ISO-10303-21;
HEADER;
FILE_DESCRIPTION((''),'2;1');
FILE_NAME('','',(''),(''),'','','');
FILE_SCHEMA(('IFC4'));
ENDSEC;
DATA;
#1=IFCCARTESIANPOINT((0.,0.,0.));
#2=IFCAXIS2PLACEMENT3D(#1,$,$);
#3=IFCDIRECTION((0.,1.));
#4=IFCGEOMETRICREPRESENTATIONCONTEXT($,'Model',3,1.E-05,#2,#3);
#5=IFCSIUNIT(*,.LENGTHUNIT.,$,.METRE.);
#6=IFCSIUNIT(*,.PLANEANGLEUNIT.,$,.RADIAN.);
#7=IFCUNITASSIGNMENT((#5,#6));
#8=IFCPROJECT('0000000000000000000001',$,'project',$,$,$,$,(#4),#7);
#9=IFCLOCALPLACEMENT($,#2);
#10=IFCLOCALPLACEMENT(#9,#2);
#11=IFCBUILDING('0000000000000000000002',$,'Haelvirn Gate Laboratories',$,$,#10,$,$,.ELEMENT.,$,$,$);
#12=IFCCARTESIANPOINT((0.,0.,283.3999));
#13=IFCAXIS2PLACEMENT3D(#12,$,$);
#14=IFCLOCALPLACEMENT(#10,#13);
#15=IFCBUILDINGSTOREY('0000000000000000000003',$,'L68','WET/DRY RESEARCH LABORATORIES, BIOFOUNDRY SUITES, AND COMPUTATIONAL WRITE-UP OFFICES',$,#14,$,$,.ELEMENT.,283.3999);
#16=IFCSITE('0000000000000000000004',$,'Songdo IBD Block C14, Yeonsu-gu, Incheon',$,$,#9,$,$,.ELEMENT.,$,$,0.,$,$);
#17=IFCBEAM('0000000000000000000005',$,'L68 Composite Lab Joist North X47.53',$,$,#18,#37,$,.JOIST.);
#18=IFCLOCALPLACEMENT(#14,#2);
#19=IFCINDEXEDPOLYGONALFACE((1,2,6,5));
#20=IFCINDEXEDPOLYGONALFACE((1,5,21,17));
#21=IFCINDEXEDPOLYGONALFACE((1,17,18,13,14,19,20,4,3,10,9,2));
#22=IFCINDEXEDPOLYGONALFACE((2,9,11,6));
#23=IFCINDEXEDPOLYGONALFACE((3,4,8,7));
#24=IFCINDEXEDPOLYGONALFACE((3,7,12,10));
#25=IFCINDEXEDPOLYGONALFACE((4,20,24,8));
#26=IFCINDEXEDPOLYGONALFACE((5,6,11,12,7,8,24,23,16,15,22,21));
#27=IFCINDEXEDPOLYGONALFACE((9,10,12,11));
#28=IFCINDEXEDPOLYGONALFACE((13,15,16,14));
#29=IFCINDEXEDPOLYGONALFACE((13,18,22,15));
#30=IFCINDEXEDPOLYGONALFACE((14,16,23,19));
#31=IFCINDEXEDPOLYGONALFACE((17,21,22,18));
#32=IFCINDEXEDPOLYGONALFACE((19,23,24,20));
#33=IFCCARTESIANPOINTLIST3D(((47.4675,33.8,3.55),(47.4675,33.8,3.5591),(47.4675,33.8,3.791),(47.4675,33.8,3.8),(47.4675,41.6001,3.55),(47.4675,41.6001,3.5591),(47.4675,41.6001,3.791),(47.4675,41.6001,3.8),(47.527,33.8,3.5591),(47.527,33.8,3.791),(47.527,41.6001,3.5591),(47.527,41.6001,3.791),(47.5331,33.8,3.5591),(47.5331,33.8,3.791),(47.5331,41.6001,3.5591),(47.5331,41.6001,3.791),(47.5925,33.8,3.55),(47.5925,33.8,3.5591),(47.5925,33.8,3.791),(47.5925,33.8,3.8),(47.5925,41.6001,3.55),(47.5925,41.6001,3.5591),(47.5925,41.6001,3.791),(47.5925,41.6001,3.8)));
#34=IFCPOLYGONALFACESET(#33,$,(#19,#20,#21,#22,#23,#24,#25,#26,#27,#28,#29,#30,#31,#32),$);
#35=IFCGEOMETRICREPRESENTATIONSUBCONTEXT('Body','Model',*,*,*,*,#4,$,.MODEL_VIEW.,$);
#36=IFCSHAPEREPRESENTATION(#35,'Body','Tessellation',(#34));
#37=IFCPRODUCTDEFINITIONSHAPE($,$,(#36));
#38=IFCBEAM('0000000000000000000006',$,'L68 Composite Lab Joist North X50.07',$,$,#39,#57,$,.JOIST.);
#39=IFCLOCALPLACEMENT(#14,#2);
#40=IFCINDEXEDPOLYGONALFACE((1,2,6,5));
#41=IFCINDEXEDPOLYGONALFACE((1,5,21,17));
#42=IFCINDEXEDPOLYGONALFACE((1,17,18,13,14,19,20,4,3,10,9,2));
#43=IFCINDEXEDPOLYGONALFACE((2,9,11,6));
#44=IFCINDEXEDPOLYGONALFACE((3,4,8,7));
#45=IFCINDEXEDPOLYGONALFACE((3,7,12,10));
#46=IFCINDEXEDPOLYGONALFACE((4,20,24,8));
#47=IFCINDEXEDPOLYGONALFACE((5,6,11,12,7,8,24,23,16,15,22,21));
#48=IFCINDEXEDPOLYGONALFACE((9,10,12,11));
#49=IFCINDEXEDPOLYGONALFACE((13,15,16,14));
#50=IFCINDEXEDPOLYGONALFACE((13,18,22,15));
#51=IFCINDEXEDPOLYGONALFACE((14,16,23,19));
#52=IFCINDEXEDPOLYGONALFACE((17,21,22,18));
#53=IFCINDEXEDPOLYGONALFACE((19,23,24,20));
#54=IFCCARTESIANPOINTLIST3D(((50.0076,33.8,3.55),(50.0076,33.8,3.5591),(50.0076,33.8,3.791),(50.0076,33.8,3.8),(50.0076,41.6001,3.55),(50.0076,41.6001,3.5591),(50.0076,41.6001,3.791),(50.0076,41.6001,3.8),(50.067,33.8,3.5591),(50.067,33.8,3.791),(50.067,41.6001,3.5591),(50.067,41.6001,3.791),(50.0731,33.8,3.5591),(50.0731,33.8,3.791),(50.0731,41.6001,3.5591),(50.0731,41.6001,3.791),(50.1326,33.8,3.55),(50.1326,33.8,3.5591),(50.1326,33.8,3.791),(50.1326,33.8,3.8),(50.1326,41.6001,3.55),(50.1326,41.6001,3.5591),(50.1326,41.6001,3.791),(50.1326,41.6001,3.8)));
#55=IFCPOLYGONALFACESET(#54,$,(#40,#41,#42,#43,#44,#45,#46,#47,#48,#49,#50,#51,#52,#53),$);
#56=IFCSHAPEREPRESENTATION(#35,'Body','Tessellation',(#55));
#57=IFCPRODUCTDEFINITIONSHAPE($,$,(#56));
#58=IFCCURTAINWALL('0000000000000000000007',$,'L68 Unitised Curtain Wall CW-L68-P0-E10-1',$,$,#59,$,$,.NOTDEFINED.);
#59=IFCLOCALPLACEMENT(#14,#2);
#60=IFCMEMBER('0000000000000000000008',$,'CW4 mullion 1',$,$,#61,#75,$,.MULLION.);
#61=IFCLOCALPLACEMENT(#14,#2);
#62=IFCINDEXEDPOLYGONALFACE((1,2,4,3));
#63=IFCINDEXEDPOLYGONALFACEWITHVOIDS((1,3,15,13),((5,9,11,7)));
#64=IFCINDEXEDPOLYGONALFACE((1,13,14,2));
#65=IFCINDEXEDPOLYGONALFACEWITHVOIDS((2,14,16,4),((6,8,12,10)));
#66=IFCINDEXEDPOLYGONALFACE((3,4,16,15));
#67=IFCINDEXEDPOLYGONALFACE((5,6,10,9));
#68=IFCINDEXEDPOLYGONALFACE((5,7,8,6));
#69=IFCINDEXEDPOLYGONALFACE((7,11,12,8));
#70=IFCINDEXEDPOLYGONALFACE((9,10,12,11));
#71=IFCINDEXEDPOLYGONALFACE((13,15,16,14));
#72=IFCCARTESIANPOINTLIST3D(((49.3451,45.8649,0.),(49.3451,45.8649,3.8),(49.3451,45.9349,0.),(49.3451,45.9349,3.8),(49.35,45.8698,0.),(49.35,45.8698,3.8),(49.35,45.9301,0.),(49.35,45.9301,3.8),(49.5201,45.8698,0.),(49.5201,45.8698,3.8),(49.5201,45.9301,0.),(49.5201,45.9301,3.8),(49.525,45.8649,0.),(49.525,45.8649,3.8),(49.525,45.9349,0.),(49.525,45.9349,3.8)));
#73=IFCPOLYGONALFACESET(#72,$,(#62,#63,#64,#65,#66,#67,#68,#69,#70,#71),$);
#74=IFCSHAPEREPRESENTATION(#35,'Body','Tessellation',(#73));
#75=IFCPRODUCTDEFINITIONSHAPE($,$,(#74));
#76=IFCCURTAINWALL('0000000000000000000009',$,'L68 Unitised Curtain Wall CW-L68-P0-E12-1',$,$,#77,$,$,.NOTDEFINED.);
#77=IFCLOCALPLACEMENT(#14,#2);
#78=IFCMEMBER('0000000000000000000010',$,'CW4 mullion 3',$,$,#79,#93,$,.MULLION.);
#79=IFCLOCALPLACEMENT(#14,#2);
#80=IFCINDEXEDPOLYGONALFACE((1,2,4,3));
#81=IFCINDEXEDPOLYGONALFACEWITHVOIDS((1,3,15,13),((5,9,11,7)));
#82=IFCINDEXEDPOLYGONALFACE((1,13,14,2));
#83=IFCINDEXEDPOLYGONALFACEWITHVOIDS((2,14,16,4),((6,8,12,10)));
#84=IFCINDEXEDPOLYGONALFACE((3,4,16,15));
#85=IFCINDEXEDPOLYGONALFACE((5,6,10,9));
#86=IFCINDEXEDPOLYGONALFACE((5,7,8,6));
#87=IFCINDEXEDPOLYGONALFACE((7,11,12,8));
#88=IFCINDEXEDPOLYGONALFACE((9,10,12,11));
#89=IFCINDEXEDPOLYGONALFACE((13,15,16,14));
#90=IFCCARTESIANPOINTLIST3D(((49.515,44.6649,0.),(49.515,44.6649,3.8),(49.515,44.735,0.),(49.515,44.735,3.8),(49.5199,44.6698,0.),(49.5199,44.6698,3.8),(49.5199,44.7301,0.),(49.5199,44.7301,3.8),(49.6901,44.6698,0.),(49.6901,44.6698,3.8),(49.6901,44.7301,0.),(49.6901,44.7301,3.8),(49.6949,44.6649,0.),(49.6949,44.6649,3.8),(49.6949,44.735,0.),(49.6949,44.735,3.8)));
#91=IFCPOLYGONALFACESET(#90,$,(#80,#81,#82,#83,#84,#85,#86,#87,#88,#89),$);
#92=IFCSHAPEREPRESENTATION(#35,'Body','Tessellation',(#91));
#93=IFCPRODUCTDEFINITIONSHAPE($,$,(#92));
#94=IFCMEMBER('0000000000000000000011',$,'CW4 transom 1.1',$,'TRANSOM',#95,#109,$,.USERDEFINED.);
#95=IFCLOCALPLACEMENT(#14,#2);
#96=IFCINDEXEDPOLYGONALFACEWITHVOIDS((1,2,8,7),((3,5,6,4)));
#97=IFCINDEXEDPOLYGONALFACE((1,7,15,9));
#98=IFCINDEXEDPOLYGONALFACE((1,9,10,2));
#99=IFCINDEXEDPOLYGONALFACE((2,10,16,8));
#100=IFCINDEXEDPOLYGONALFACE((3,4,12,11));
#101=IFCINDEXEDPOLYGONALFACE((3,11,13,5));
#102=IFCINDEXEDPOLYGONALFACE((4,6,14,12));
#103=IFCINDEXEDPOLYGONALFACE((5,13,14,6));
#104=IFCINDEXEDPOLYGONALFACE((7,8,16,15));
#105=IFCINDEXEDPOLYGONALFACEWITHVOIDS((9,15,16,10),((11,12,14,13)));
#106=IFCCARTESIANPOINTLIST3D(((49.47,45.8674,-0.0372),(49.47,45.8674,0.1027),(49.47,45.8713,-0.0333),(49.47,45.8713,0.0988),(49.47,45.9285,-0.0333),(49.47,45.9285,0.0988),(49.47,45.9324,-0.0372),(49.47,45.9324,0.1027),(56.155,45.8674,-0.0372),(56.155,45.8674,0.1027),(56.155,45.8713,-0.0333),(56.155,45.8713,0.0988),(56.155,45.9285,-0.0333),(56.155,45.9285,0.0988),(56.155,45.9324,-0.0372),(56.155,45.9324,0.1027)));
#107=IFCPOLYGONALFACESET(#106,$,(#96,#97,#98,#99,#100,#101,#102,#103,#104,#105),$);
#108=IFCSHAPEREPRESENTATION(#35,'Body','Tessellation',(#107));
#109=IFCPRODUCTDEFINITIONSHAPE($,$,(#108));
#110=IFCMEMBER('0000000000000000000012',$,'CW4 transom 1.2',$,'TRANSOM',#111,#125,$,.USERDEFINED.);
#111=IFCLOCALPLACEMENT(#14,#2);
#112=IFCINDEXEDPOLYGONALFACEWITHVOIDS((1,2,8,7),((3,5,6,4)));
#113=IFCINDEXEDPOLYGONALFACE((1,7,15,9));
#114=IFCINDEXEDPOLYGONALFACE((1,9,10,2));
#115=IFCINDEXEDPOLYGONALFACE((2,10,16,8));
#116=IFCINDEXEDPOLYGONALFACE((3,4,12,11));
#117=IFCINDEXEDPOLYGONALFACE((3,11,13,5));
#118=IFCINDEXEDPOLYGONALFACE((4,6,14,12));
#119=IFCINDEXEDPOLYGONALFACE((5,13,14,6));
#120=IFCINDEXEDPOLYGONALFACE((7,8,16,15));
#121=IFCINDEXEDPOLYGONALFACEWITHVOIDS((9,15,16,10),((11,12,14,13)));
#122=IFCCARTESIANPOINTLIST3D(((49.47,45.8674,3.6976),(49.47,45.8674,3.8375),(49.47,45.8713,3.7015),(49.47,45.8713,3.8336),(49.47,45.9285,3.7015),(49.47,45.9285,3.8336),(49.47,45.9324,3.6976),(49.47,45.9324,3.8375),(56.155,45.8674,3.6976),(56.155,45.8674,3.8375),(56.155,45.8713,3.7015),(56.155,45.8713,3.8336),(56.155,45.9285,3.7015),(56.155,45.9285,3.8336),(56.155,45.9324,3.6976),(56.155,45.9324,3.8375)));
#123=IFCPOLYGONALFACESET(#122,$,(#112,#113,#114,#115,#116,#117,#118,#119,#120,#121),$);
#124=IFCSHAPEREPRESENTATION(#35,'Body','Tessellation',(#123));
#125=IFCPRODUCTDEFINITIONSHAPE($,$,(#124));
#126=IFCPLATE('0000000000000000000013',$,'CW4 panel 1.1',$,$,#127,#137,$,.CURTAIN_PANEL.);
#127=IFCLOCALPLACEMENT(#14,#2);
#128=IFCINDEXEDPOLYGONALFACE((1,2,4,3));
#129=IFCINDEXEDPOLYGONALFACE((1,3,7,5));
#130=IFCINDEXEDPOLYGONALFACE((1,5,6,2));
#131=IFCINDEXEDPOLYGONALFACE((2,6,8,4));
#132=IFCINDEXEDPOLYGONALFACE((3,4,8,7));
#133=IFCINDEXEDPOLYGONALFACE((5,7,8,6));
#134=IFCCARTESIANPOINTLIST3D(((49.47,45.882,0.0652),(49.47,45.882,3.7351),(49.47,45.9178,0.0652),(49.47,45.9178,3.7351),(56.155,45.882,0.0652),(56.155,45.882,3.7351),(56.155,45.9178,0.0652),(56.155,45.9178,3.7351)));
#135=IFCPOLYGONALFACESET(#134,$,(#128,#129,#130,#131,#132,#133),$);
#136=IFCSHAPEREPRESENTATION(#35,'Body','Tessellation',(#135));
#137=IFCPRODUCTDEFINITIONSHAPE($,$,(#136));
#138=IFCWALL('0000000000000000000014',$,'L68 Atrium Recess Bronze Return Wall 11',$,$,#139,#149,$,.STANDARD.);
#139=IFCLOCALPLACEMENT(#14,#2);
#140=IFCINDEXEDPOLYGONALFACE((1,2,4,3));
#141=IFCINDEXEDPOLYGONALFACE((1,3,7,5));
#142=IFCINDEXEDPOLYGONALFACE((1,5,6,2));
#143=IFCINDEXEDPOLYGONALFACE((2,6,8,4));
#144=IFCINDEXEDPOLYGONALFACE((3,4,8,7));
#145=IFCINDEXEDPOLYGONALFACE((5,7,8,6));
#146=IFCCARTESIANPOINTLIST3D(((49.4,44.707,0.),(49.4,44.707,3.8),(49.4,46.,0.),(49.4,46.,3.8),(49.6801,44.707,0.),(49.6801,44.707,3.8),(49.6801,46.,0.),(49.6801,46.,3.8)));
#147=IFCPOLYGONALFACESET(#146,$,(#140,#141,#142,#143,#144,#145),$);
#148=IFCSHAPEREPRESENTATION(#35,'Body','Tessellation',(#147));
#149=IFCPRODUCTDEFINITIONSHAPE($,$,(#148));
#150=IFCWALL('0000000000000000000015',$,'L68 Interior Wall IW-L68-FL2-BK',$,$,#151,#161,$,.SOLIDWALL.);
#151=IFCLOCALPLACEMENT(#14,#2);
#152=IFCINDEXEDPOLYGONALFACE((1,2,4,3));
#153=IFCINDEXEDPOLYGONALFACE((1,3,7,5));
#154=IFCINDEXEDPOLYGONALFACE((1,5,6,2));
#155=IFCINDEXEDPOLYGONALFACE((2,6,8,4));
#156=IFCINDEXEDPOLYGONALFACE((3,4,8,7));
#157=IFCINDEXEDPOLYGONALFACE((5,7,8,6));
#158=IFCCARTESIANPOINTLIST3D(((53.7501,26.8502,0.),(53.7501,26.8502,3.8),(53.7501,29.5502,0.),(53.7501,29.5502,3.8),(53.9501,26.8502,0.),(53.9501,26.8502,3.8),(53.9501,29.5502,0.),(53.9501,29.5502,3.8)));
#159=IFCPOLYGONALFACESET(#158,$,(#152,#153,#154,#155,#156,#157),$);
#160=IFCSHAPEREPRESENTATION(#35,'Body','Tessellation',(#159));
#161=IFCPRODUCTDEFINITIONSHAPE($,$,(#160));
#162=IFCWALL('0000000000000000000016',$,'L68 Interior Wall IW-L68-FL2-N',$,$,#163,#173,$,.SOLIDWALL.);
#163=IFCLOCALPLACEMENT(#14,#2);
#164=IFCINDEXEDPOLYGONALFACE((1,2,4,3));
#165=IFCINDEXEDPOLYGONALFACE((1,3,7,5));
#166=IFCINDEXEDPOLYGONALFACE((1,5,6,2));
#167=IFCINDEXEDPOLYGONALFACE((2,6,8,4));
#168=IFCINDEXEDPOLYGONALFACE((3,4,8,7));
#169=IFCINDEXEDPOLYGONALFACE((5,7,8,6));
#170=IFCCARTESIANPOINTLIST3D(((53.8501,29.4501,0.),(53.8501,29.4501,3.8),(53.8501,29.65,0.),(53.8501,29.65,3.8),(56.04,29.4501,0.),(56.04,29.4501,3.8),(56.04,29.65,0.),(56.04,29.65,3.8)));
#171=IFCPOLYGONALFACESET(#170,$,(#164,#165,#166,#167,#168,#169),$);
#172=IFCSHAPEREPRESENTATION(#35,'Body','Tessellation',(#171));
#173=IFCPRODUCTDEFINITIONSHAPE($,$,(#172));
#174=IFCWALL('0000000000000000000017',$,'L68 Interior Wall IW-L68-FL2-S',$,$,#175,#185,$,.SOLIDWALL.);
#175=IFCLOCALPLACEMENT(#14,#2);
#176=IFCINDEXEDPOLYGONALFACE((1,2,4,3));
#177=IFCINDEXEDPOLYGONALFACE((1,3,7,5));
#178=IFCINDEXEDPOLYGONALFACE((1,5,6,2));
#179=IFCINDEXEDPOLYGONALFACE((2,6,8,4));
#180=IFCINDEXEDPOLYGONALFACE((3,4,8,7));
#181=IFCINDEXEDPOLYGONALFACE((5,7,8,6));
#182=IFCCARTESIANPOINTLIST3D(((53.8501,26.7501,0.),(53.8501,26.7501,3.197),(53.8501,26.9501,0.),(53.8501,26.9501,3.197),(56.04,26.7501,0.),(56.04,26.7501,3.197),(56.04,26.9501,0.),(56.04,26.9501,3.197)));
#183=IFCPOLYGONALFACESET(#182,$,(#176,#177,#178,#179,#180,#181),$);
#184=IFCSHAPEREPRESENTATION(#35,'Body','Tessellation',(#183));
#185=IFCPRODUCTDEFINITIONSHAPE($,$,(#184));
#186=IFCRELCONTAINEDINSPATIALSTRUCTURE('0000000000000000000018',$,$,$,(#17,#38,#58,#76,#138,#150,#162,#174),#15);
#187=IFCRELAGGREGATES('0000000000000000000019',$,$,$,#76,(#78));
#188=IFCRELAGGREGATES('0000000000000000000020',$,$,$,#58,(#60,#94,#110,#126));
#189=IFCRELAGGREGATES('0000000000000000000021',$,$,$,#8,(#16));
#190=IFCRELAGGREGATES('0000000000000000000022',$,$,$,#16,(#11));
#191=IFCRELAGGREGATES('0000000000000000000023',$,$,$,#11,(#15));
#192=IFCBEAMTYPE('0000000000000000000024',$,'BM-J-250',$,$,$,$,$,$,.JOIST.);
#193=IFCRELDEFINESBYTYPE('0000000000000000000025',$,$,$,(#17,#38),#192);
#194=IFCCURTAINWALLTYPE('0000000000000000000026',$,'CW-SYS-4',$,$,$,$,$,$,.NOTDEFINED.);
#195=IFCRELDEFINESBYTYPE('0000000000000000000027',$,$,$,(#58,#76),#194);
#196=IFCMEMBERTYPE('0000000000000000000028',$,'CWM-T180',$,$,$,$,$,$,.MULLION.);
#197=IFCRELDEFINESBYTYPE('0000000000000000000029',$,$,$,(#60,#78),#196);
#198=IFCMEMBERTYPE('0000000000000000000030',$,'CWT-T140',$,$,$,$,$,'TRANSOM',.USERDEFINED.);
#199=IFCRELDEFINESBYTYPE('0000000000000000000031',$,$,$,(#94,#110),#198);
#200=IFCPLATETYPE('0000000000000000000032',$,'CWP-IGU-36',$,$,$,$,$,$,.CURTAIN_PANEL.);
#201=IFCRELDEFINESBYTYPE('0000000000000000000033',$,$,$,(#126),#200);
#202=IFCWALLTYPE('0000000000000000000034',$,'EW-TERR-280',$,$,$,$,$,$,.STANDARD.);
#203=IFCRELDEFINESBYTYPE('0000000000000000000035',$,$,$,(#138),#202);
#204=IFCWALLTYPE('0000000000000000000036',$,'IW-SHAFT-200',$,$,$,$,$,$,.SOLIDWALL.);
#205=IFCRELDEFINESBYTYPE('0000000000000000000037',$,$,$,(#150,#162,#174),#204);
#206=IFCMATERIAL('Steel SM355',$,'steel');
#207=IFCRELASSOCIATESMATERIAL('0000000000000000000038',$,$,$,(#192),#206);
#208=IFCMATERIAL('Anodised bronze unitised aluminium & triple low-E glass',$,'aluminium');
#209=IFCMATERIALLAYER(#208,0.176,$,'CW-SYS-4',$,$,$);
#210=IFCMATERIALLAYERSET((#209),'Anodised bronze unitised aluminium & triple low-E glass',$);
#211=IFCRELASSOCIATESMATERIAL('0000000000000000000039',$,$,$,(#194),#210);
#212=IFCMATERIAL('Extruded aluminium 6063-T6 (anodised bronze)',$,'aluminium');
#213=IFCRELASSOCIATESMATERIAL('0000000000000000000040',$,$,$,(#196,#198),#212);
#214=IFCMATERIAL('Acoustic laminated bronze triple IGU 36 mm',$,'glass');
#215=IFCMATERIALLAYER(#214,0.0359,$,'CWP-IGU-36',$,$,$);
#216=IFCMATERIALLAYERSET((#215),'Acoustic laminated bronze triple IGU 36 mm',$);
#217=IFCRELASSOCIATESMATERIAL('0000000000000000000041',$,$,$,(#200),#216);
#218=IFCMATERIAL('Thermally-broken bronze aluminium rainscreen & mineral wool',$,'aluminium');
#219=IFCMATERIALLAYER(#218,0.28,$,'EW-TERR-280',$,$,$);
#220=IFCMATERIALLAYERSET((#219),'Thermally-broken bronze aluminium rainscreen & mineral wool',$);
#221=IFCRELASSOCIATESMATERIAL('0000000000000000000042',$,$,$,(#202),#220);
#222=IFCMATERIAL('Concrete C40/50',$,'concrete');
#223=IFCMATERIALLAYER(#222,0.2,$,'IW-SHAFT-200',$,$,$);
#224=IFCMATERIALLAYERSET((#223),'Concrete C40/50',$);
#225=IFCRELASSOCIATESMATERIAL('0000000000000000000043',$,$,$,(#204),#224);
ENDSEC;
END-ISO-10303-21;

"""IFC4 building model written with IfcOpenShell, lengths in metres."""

from ifc_helpers import new_model, si_unit, direction, frame, frame_2d, origin, origin_2d, place, context, subcontext, project, spatial, rectangle, hollow_rectangle, i_section, extrude, source, transform, mapped, material, layer, layer_set, material_profile, profile_set, type_object, type_shapes, element, aggregate, save


model = new_model("IFC4")

# Units and contexts
model_context = context("Model", 3, precision=1e-05, world=origin(), true_north=direction((0.0, 1.0)))
body_context = subcontext(model_context, "Body", "Model", "MODEL_VIEW")
ifc_project = project(units=[si_unit("LENGTHUNIT", "METRE"), si_unit("PLANEANGLEUNIT", "RADIAN")], contexts=[model_context])

# Site, building, storey
site_placement = place(None, origin())
site = spatial("IfcSite", under=ifc_project, at=site_placement, Name="Songdo IBD Block C14, Yeonsu-gu, Incheon", CompositionType="ELEMENT", RefElevation=0.0)
building_placement = place(site_placement, origin())
building = spatial("IfcBuilding", under=site, at=building_placement, Name="Haelvirn Gate Laboratories", CompositionType="ELEMENT")
storey_placement = place(building_placement, frame((0.0, 0.0, 283.3999)))
storey = spatial("IfcBuildingStorey", under=building, at=storey_placement, Name="L68", Description="WET/DRY RESEARCH LABORATORIES, BIOFOUNDRY SUITES, AND COMPUTATIONAL WRITE-UP OFFICES", CompositionType="ELEMENT", Elevation=283.3999)

# Shared definitions
ifc_material_1 = material(Name="Steel SM355", Category="steel")

# Beams
ifc_material_profile_1 = material_profile(ifc_material_1, i_section(OverallWidth=0.125, OverallDepth=0.25, WebThickness=0.0061, FlangeThickness=0.009, at=origin_2d()), Name="H-250x125x6x9")
ifc_profile_set_1 = profile_set([ifc_material_profile_1], Name="Steel SM355")
beam_type_1 = type_object("IfcBeamType", Name="BM-J-250", PredefinedType="JOIST", material=ifc_profile_set_1)
shared_shape_1 = source(origin(), body_context, "Body", "SweptSolid", [
    extrude(i_section(OverallWidth=0.125, OverallDepth=0.25, WebThickness=0.0061, FlangeThickness=0.009, at=origin_2d()), origin(), (0.0, 0.0, 1.0), 7.8),
])
type_shapes(beam_type_1, [shared_shape_1])
for number, where, z_axis, x_axis, name in (
    (1, (47.53, 33.8, 3.675), (0.0, 1.0, 0.0), (-1.0, 0.0, 0.0), "L68 Composite Lab Joist North X47.53"),
    (2, (50.0701, 33.8, 3.675), (0.0, 1.0, 0.0), (-1.0, 0.0, 0.0), "L68 Composite Lab Joist North X50.07"),
):
    element("IfcBeam", number, at=place(storey_placement, frame(where, z_axis=z_axis, x_axis=x_axis)), inside=storey, type_object=beam_type_1, Name=name, PredefinedType="JOIST", context=body_context, shape_type="MappedRepresentation", body=[
        mapped(shared_shape_1, transform((0.0, 0.0, 0.0), scale=1.0)),
    ])

# Curtain walls, members
ifc_material_2 = material(Name="Anodised bronze unitised aluminium & triple low-E glass", Category="aluminium")
ifc_layer_1 = layer(ifc_material_2, 0.176, Name="CW-SYS-4")
ifc_layer_set_1 = layer_set([ifc_layer_1], Name="Anodised bronze unitised aluminium & triple low-E glass")
curtain_wall_type = type_object("IfcCurtainWallType", Name="CW-SYS-4", PredefinedType="NOTDEFINED", material=ifc_layer_set_1)
curtain_wall_1_placement = place(storey_placement, origin())
curtain_wall_1 = element("IfcCurtainWall", 3, at=curtain_wall_1_placement, inside=storey, type_object=curtain_wall_type, Name="L68 Unitised Curtain Wall CW-L68-P0-E10-1", PredefinedType="NOTDEFINED")
ifc_material_3 = material(Name="Extruded aluminium 6063-T6 (anodised bronze)", Category="aluminium")
ifc_material_profile_2 = material_profile(ifc_material_3, hollow_rectangle(XDim=0.0701, YDim=0.1799, WallThickness=0.0049, at=origin_2d()), Name="CWM-180x70x5")
ifc_profile_set_2 = profile_set([ifc_material_profile_2], Name="Extruded aluminium 6063-T6 (anodised bronze)")
member_type_1 = type_object("IfcMemberType", Name="CWM-T180", PredefinedType="MULLION", material=ifc_profile_set_2)
shared_shape_2 = source(origin(), body_context, "Body", "SweptSolid", [
    extrude(hollow_rectangle(XDim=0.0701, YDim=0.1799, WallThickness=0.0049, at=origin_2d()), origin(), (0.0, 0.0, 1.0), 3.8),
])
type_shapes(member_type_1, [shared_shape_2])
member_1_placement = place(storey_placement, frame((49.4351, 45.8999, 0.0), z_axis=(0.0, 0.0, 1.0), x_axis=(0.0, 1.0, 0.0)))
member_1 = element("IfcMember", 4, at=member_1_placement, type_object=member_type_1, Name="CW4 mullion 1", PredefinedType="MULLION", context=body_context, shape_type="MappedRepresentation", body=[
    mapped(shared_shape_2, transform((0.0, 0.0, 0.0), scale=1.0)),
])
curtain_wall_2_placement = place(storey_placement, origin())
curtain_wall_2 = element("IfcCurtainWall", 5, at=curtain_wall_2_placement, inside=storey, type_object=curtain_wall_type, Name="L68 Unitised Curtain Wall CW-L68-P0-E12-1", PredefinedType="NOTDEFINED")
member_2_placement = place(storey_placement, frame((49.605, 44.7, 0.0), z_axis=(0.0, 0.0, 1.0), x_axis=(0.0, 1.0, 0.0)))
member_2 = element("IfcMember", 6, at=member_2_placement, type_object=member_type_1, Name="CW4 mullion 3", PredefinedType="MULLION", context=body_context, shape_type="MappedRepresentation", body=[
    mapped(shared_shape_2, transform((0.0, 0.0, 0.0), scale=1.0)),
])
aggregate(curtain_wall_2, [member_2])

# Members
ifc_material_profile_3 = material_profile(ifc_material_3, hollow_rectangle(XDim=0.0649, YDim=0.1399, WallThickness=0.0039, at=origin_2d()), Name="CWT-140x65x4")
ifc_profile_set_3 = profile_set([ifc_material_profile_3], Name="Extruded aluminium 6063-T6 (anodised bronze)")
member_type_2 = type_object("IfcMemberType", Name="CWT-T140", ElementType="TRANSOM", PredefinedType="USERDEFINED", material=ifc_profile_set_3)
shared_shape_3 = source(origin(), body_context, "Body", "SweptSolid", [
    extrude(hollow_rectangle(XDim=0.0649, YDim=0.1399, WallThickness=0.0039, at=origin_2d()), origin(), (0.0, 0.0, 1.0), 6.6851),
])
type_shapes(member_type_2, [shared_shape_3])
member_3_placement = place(storey_placement, frame((49.47, 45.8999, 0.0327), z_axis=(1.0, 0.0, 0.0), x_axis=(0.0, 1.0, 0.0)))
member_3 = element("IfcMember", 7, at=member_3_placement, type_object=member_type_2, Name="CW4 transom 1.1", ObjectType="TRANSOM", PredefinedType="USERDEFINED", context=body_context, shape_type="MappedRepresentation", body=[
    mapped(shared_shape_3, transform((0.0, 0.0, 0.0), scale=1.0)),
])
member_4_placement = place(storey_placement, frame((49.47, 45.8999, 3.7676), z_axis=(1.0, 0.0, 0.0), x_axis=(0.0, 1.0, 0.0)))
member_4 = element("IfcMember", 8, at=member_4_placement, type_object=member_type_2, Name="CW4 transom 1.2", ObjectType="TRANSOM", PredefinedType="USERDEFINED", context=body_context, shape_type="MappedRepresentation", body=[
    mapped(shared_shape_3, transform((0.0, 0.0, 0.0), scale=1.0)),
])

# Plate
ifc_material_4 = material(Name="Acoustic laminated bronze triple IGU 36 mm", Category="glass")
ifc_layer_2 = layer(ifc_material_4, 0.0359, Name="CWP-IGU-36")
ifc_layer_set_2 = layer_set([ifc_layer_2], Name="Acoustic laminated bronze triple IGU 36 mm")
plate_type = type_object("IfcPlateType", Name="CWP-IGU-36", PredefinedType="CURTAIN_PANEL", material=ifc_layer_set_2)
shared_shape_4 = source(origin(), body_context, "Body", "SweptSolid", [
    extrude(rectangle(XDim=6.6851, YDim=0.0359, at=origin_2d()), origin(), (0.0, 0.0, 1.0), 3.6699),
])
type_shapes(plate_type, [shared_shape_4])
plate_placement = place(storey_placement, frame((52.8125, 45.8999, 0.0652), z_axis=(0.0, 0.0, 1.0), x_axis=(1.0, 0.0, 0.0)))
plate = element("IfcPlate", 9, at=plate_placement, type_object=plate_type, Name="CW4 panel 1.1", PredefinedType="CURTAIN_PANEL", context=body_context, shape_type="MappedRepresentation", body=[
    mapped(shared_shape_4, transform((0.0, 0.0, 0.0), scale=1.0)),
])
aggregate(curtain_wall_1, [member_1, member_3, member_4, plate])

# Walls
ifc_material_5 = material(Name="Thermally-broken bronze aluminium rainscreen & mineral wool", Category="aluminium")
ifc_layer_3 = layer(ifc_material_5, 0.28, Name="EW-TERR-280")
ifc_layer_set_3 = layer_set([ifc_layer_3], Name="Thermally-broken bronze aluminium rainscreen & mineral wool")
wall_type_1 = type_object("IfcWallType", Name="EW-TERR-280", PredefinedType="STANDARD", material=ifc_layer_set_3)
wall_1_placement = place(storey_placement, frame((49.54, 46.0, 0.0), z_axis=(0.0, 0.0, 1.0), x_axis=(0.0, -1.0, 0.0)))
element("IfcWall", 10, at=wall_1_placement, inside=storey, type_object=wall_type_1, Name="L68 Atrium Recess Bronze Return Wall 11", PredefinedType="STANDARD", context=body_context, shape_type="SweptSolid", body=[
    extrude(rectangle(XDim=1.293, YDim=0.28, at=frame_2d((0.6465, 0.0))), origin(), (0.0, 0.0, 1.0), 3.8),
])
ifc_material_6 = material(Name="Concrete C40/50", Category="concrete")
ifc_layer_4 = layer(ifc_material_6, 0.2, Name="IW-SHAFT-200")
ifc_layer_set_4 = layer_set([ifc_layer_4], Name="Concrete C40/50")
wall_type_2 = type_object("IfcWallType", Name="IW-SHAFT-200", PredefinedType="SOLIDWALL", material=ifc_layer_set_4)
wall_2_placement = place(storey_placement, frame((53.8501, 26.8501, 0.0), z_axis=(0.0, 0.0, 1.0), x_axis=(0.0, 1.0, 0.0)))
element("IfcWall", 11, at=wall_2_placement, inside=storey, type_object=wall_type_2, Name="L68 Interior Wall IW-L68-FL2-BK", PredefinedType="SOLIDWALL", context=body_context, shape_type="SweptSolid", body=[
    extrude(rectangle(XDim=2.7, YDim=0.2, at=frame_2d((1.3501, 0.0))), origin(), (0.0, 0.0, 1.0), 3.8),
])
wall_3_placement = place(storey_placement, frame((53.8501, 29.55, 0.0), z_axis=(0.0, 0.0, 1.0), x_axis=(1.0, 0.0, 0.0)))
element("IfcWall", 12, at=wall_3_placement, inside=storey, type_object=wall_type_2, Name="L68 Interior Wall IW-L68-FL2-N", PredefinedType="SOLIDWALL", context=body_context, shape_type="SweptSolid", body=[
    extrude(rectangle(XDim=2.1899, YDim=0.2, at=frame_2d((1.095, 0.0))), origin(), (0.0, 0.0, 1.0), 3.8),
])
wall_4_placement = place(storey_placement, frame((53.8501, 26.8501, 0.0), z_axis=(0.0, 0.0, 1.0), x_axis=(1.0, 0.0, 0.0)))
element("IfcWall", 13, at=wall_4_placement, inside=storey, type_object=wall_type_2, Name="L68 Interior Wall IW-L68-FL2-S", PredefinedType="SOLIDWALL", context=body_context, shape_type="SweptSolid", body=[
    extrude(rectangle(XDim=2.1899, YDim=0.2, at=frame_2d((1.095, 0.0))), origin(), (0.0, 0.0, 1.0), 3.197),
])

save(model, "model.ifc")
